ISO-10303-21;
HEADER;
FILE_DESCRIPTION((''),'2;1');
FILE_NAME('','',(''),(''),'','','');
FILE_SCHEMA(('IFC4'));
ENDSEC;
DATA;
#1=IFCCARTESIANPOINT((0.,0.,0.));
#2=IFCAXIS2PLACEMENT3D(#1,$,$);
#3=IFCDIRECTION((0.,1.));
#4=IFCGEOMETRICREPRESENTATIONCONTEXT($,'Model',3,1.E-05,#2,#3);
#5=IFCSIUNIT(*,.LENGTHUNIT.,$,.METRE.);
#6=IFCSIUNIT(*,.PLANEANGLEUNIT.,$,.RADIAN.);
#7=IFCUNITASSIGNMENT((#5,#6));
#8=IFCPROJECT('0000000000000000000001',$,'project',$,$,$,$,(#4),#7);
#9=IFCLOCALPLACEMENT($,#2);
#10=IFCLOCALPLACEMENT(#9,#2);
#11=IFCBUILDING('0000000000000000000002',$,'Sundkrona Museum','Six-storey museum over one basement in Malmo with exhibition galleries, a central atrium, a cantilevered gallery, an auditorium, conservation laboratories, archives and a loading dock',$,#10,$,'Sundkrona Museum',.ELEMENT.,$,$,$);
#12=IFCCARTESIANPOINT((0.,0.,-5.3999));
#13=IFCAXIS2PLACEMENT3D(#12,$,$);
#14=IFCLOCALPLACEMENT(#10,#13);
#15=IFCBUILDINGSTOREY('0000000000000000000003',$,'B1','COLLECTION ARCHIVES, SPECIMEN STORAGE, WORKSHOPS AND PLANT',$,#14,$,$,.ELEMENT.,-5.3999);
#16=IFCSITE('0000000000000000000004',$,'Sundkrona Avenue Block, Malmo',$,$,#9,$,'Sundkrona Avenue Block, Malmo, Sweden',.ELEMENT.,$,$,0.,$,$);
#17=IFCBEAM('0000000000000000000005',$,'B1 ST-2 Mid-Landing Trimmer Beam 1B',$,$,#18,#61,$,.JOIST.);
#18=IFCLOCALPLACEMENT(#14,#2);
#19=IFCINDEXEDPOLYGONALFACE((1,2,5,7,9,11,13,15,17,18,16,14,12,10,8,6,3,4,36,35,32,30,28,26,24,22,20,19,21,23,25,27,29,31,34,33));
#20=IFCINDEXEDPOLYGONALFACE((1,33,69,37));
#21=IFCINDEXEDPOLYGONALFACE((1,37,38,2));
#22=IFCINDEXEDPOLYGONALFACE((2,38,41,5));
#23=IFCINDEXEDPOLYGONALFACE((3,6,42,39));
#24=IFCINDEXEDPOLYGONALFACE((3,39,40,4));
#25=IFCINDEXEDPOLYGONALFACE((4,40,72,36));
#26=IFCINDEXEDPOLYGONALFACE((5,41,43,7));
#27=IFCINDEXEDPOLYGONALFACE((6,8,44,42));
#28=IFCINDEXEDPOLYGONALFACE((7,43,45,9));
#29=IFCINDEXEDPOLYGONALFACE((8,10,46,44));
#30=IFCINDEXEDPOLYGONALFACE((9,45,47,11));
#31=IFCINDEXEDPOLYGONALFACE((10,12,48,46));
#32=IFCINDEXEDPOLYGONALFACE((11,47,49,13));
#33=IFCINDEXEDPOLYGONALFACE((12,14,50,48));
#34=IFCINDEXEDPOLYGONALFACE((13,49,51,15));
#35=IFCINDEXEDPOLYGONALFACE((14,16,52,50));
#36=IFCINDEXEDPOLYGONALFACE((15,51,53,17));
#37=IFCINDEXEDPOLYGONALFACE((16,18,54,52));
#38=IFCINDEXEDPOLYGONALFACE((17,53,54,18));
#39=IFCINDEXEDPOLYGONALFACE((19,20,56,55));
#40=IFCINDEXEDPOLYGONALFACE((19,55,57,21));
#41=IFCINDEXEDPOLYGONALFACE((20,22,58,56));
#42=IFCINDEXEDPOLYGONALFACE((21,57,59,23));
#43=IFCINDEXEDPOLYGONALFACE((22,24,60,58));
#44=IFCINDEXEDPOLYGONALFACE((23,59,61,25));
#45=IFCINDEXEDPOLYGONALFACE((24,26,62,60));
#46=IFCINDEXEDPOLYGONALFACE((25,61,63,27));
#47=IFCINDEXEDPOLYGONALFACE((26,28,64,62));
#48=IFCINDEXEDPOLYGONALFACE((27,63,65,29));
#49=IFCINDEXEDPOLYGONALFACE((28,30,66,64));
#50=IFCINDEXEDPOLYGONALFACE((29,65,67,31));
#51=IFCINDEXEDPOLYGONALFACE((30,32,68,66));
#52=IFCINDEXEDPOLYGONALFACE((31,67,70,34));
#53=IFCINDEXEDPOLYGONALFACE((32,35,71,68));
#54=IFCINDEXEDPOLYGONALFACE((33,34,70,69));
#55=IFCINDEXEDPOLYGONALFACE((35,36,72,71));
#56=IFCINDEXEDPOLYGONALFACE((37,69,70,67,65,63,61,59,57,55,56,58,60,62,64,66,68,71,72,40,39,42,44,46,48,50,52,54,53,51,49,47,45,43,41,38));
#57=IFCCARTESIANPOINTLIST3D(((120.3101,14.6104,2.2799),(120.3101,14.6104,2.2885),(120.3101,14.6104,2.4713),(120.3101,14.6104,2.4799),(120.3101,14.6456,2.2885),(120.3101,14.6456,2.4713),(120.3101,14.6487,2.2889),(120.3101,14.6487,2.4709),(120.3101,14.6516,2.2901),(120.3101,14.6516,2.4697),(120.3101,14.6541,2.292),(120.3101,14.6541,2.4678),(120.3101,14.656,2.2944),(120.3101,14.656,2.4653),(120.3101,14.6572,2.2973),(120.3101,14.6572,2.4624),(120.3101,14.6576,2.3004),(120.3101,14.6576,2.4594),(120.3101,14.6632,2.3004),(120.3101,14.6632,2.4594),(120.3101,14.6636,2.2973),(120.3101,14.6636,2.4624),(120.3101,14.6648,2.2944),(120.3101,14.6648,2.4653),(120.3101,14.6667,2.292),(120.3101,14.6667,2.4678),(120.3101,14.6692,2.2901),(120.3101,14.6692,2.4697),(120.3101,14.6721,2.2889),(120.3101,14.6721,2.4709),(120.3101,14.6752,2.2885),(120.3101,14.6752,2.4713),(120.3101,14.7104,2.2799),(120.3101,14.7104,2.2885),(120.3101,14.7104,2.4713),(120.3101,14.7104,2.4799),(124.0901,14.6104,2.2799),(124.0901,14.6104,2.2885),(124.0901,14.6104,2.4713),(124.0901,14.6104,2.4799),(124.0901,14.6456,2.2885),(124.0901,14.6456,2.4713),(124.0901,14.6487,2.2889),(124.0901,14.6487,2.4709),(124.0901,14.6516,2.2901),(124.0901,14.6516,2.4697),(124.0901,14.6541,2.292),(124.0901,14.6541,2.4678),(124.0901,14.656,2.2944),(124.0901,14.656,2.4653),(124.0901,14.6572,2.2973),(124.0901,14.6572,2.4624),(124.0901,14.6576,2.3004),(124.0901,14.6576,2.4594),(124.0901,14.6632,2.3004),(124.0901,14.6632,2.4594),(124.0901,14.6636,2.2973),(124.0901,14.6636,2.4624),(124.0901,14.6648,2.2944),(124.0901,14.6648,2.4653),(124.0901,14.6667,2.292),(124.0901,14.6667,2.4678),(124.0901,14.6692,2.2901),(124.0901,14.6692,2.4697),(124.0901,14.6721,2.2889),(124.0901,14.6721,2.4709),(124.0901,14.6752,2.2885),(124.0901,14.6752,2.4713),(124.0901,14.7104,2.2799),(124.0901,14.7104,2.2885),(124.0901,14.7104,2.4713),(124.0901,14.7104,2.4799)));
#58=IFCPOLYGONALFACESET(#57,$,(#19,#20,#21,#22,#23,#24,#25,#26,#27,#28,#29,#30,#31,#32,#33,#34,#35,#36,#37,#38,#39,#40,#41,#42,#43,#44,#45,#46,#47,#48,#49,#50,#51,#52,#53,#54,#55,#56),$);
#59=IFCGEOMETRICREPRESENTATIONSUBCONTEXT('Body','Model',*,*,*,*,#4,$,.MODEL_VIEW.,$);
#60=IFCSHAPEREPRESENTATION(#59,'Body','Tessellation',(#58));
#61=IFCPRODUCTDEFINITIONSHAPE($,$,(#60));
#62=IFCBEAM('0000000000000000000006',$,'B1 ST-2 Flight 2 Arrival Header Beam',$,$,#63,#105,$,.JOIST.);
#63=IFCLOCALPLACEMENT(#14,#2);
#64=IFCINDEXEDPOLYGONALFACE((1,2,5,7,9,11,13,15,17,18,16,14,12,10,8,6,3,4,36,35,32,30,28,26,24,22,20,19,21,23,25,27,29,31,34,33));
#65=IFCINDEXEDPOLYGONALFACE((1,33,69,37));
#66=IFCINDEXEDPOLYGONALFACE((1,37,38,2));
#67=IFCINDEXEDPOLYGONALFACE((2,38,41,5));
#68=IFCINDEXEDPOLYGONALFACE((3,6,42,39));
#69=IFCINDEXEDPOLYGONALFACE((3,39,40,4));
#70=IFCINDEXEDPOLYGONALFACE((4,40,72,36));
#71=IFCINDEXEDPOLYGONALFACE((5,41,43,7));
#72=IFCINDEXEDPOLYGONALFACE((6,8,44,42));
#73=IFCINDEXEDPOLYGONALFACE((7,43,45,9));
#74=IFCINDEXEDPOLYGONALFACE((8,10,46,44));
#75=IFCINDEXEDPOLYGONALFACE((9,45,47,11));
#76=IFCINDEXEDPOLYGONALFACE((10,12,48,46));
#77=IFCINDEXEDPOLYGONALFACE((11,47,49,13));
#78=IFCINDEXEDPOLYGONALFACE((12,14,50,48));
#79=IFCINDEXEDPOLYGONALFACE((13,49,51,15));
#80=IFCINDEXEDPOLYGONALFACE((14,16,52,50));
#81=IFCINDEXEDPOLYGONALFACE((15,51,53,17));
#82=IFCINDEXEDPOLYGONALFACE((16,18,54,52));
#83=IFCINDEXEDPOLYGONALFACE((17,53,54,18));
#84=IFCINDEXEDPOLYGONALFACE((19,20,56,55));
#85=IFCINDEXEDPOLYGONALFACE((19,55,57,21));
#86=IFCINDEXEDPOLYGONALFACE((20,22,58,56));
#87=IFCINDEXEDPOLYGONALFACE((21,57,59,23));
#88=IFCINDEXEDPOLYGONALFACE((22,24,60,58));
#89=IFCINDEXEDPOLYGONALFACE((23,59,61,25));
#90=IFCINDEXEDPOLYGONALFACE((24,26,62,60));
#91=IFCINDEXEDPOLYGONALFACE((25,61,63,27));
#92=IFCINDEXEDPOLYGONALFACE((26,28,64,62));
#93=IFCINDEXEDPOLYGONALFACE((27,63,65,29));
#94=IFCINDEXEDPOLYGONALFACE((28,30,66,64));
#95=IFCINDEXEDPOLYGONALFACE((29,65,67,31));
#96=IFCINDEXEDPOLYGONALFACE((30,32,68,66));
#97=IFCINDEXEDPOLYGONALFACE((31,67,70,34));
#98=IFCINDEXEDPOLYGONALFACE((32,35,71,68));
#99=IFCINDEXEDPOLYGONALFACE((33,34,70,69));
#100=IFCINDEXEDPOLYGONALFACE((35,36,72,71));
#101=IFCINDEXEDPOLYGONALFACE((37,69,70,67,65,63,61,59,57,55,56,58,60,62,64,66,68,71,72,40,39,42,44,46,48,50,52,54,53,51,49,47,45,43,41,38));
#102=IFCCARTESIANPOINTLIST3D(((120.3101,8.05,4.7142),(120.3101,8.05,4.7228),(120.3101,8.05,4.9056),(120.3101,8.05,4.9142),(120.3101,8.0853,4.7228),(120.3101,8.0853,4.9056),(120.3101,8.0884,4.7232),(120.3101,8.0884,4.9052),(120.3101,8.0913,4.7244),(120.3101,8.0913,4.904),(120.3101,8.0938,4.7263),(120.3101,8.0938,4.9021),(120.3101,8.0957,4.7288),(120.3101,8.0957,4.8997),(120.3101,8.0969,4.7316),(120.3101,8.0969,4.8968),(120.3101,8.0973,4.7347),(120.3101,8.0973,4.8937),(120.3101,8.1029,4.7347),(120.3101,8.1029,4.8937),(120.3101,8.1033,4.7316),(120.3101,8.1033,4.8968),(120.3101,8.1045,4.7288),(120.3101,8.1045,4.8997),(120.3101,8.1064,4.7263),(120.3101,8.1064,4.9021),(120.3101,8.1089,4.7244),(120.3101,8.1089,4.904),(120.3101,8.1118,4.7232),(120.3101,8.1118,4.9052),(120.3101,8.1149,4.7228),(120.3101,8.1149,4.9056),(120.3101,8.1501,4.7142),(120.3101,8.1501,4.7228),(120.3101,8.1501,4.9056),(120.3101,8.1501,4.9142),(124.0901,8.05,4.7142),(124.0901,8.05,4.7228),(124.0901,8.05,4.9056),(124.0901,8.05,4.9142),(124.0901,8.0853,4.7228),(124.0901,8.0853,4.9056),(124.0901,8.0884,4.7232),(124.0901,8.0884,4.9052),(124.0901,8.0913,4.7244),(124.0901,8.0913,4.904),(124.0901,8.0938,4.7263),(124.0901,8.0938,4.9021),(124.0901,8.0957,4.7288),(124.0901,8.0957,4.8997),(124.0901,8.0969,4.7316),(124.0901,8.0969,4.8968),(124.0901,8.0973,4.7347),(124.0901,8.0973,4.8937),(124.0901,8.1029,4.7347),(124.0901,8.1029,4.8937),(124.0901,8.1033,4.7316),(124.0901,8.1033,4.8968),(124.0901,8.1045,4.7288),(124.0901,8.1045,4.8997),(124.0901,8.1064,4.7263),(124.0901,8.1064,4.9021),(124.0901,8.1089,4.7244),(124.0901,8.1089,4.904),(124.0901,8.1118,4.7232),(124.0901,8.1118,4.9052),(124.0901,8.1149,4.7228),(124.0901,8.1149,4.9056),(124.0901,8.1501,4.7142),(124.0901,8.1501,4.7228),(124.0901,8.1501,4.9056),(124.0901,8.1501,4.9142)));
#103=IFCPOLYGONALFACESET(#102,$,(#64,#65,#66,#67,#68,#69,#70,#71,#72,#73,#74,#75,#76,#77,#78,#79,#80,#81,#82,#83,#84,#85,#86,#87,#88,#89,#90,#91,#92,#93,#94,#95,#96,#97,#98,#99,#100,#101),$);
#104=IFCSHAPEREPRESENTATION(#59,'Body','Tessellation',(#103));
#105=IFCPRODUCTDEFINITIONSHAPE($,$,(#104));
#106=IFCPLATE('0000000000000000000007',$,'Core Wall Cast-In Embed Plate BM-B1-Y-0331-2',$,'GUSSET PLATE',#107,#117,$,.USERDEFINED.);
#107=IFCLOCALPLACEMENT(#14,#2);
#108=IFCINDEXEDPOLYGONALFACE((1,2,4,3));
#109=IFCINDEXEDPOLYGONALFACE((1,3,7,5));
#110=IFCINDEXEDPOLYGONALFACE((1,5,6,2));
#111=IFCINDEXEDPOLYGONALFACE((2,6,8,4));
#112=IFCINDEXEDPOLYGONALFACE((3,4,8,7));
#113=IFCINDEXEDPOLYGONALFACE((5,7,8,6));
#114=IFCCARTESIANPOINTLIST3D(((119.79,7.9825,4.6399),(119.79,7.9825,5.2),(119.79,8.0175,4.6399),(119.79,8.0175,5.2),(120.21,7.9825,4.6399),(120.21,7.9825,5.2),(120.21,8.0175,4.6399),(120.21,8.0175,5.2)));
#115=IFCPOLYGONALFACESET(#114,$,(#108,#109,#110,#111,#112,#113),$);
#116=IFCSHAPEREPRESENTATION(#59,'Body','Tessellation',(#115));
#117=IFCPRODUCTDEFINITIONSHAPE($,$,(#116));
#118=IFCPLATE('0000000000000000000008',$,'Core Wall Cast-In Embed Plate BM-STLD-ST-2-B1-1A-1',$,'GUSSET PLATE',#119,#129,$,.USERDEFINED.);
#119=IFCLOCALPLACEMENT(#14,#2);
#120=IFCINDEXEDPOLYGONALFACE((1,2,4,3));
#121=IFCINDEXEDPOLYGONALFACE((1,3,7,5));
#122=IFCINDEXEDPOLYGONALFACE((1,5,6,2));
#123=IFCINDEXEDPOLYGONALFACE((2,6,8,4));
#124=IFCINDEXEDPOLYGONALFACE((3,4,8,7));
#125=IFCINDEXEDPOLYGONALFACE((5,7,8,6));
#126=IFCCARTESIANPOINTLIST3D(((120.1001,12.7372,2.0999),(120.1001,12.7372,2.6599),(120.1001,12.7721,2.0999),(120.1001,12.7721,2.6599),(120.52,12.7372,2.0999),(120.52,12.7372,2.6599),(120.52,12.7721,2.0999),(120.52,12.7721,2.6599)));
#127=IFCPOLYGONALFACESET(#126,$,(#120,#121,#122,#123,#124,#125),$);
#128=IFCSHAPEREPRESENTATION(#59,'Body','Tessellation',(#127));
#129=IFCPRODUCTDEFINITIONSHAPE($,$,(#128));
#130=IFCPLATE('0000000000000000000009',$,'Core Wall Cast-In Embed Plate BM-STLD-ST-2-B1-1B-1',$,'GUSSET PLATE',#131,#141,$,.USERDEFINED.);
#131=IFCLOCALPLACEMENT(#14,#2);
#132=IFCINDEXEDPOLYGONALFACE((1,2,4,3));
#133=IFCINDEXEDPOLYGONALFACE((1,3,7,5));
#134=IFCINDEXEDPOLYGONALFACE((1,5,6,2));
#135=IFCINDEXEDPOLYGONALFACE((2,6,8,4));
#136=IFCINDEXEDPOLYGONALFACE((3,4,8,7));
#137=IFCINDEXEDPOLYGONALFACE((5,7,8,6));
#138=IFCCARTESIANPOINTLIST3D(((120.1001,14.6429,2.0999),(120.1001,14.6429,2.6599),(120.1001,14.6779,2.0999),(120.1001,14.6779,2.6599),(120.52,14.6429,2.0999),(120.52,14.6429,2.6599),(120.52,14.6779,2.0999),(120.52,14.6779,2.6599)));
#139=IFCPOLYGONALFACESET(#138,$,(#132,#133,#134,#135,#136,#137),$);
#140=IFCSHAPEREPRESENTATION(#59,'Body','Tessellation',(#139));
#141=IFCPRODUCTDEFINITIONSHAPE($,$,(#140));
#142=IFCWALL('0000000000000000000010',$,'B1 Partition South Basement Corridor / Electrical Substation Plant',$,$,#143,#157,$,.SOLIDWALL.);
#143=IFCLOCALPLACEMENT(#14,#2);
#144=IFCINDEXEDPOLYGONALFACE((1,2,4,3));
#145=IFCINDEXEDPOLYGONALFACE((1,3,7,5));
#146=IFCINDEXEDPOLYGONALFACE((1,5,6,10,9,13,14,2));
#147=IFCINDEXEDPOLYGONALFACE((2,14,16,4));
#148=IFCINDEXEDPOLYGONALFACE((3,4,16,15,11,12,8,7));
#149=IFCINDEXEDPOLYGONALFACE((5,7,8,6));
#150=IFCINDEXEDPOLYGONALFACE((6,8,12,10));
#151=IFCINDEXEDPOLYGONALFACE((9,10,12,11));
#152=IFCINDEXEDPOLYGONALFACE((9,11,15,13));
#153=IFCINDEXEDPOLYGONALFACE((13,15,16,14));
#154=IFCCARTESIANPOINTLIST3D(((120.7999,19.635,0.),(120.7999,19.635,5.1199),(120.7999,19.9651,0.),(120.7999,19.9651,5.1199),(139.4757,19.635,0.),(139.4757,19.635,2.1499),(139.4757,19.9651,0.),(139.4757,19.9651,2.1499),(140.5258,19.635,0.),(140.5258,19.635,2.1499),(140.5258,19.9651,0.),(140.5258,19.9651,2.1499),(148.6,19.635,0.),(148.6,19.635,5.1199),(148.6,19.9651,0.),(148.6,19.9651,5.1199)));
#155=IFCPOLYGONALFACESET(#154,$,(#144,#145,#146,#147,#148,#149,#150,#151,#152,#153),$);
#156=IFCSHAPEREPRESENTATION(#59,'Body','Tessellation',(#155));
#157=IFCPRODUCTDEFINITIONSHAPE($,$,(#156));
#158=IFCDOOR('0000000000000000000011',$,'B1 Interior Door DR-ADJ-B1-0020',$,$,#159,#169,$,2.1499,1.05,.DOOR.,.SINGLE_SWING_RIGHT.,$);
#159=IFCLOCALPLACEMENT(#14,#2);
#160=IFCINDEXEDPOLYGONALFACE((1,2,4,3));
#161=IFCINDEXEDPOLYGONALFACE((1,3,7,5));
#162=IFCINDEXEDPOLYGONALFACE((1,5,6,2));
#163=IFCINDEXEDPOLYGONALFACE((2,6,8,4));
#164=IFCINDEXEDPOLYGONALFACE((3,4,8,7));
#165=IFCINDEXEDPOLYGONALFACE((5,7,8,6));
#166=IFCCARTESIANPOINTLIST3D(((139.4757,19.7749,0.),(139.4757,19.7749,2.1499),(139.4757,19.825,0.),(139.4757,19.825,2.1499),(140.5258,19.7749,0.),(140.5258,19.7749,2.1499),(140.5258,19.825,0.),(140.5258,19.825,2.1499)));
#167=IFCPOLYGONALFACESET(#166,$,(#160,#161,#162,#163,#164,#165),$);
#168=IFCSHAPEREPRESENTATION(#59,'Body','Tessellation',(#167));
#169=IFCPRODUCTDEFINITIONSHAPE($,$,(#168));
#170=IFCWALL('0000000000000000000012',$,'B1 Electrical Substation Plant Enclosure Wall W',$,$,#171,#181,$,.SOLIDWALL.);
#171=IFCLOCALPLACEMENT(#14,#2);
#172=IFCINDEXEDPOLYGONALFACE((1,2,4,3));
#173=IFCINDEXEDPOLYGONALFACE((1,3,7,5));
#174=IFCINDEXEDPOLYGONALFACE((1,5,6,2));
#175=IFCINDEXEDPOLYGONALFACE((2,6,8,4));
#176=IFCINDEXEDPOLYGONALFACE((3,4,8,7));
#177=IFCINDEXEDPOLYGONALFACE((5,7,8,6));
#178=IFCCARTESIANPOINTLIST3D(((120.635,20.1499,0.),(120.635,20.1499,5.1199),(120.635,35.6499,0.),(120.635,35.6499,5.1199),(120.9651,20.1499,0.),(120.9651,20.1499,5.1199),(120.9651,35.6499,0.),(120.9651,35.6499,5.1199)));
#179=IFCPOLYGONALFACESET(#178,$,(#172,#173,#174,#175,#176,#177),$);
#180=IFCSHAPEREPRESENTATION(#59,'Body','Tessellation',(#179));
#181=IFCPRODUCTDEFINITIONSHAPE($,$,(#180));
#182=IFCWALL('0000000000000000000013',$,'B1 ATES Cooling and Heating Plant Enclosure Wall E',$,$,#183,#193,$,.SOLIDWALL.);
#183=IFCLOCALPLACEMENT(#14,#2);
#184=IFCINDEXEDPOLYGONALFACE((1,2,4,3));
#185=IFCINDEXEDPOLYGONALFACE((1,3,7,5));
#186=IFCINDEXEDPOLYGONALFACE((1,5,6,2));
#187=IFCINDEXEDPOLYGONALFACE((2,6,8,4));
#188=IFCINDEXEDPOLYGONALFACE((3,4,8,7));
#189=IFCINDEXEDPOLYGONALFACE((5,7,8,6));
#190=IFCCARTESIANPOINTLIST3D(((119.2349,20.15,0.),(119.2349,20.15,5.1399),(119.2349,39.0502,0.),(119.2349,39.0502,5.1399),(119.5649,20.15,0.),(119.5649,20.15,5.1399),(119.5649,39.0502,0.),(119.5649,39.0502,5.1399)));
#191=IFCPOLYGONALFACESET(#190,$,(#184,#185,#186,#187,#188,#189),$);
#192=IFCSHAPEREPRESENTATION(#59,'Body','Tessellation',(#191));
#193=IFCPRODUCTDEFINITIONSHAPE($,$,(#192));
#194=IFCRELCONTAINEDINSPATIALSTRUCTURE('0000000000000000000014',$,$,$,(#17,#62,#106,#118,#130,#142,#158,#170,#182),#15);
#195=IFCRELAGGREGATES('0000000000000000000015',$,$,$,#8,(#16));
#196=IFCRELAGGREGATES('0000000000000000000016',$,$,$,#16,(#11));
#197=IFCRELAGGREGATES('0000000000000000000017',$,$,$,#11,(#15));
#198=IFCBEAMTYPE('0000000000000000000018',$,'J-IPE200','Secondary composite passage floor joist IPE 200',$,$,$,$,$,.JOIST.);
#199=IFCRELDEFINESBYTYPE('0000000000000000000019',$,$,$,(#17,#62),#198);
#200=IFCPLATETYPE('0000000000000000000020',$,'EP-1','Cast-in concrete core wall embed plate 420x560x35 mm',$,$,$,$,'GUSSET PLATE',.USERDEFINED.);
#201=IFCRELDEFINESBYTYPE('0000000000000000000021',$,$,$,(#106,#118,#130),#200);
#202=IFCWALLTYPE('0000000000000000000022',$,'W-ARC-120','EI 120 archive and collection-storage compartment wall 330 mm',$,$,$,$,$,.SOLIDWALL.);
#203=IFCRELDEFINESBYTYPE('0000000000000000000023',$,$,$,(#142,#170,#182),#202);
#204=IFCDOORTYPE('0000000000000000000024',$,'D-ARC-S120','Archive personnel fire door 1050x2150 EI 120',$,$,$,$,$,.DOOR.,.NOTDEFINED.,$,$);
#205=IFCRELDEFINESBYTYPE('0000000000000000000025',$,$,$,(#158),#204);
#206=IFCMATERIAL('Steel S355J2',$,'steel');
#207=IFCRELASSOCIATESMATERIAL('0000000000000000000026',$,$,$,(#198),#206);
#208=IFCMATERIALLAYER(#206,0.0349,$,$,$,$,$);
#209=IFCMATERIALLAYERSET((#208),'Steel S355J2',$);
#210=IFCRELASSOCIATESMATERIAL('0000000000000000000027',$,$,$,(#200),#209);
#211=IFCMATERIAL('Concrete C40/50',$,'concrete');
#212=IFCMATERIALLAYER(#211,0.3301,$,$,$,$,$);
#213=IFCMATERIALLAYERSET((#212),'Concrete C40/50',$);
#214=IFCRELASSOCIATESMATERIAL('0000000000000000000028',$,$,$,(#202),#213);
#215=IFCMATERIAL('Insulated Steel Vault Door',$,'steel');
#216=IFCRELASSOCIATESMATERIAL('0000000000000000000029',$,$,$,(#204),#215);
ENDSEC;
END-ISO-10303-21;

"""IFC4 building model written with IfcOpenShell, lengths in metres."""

from ifc_helpers import new_model, si_unit, direction, frame, frame_2d, origin, origin_2d, place, context, subcontext, project, spatial, rectangle, i_section, extrude, material, layer, layer_set, material_profile, profile_set, type_object, element, fill, save


model = new_model("IFC4")

# Units and contexts
model_context = context("Model", 3, precision=1e-05, world=origin(), true_north=direction((0.0, 1.0)))
body_context = subcontext(model_context, "Body", "Model", "MODEL_VIEW")
ifc_project = project(units=[si_unit("LENGTHUNIT", "METRE"), si_unit("PLANEANGLEUNIT", "RADIAN")], contexts=[model_context])

# Site, building, storey
site_placement = place(None, origin())
site = spatial("IfcSite", under=ifc_project, at=site_placement, Name="Sundkrona Avenue Block, Malmo", LongName="Sundkrona Avenue Block, Malmo, Sweden", CompositionType="ELEMENT", RefElevation=0.0)
building_placement = place(site_placement, origin())
building = spatial("IfcBuilding", under=site, at=building_placement, Name="Sundkrona Museum", Description="Six-storey museum over one basement in Malmo with exhibition galleries, a central atrium, a cantilevered gallery, an auditorium, conservation laboratories, archives and a loading dock", LongName="Sundkrona Museum", CompositionType="ELEMENT")
storey_placement = place(building_placement, frame((0.0, 0.0, -5.3999)))
storey = spatial("IfcBuildingStorey", under=building, at=storey_placement, Name="B1", Description="COLLECTION ARCHIVES, SPECIMEN STORAGE, WORKSHOPS AND PLANT", CompositionType="ELEMENT", Elevation=-5.3999)

# Shared definitions
ifc_material_1 = material(Name="Concrete C40/50", Category="concrete")

# Shared definitions
ifc_material_2 = material(Name="Steel S355J2", Category="steel")

# Beams
ifc_material_profile_1 = material_profile(ifc_material_2, i_section(OverallWidth=0.1001, OverallDepth=0.2, WebThickness=0.0056, FlangeThickness=0.0085, FilletRadius=0.012, at=origin_2d()), Name="IPE 200")
ifc_profile_set_1 = profile_set([ifc_material_profile_1], Name="Steel S355J2")
beam_type_1 = type_object("IfcBeamType", Name="J-IPE200", Description="Secondary composite passage floor joist IPE 200", PredefinedType="JOIST", material=ifc_profile_set_1)
for number, where, z_axis, x_axis, name in (
    (1, (120.3101, 14.6604, 2.3799), (1.0, 0.0, 0.0), (0.0, 1.0, 0.0), "B1 ST-2 Mid-Landing Trimmer Beam 1B"),
    (2, (120.3101, 8.1001, 4.8142), (1.0, 0.0, 0.0), (0.0, 1.0, 0.0), "B1 ST-2 Flight 2 Arrival Header Beam"),
):
    element("IfcBeam", number, at=place(storey_placement, frame(where, z_axis=z_axis, x_axis=x_axis)), inside=storey, type_object=beam_type_1, Name=name, PredefinedType="JOIST", context=body_context, shape_type="SweptSolid", body=[
        extrude(i_section(OverallWidth=0.1001, OverallDepth=0.2, WebThickness=0.0056, FlangeThickness=0.0085, FilletRadius=0.012, at=origin_2d()), origin(), (0.0, 0.0, 1.0), 3.78),
    ])

# Plates
ifc_layer_1 = layer(ifc_material_2, 0.0349)
ifc_layer_set_1 = layer_set([ifc_layer_1], Name="Steel S355J2")
plate_type = type_object("IfcPlateType", Name="EP-1", Description="Cast-in concrete core wall embed plate 420x560x35 mm", ElementType="GUSSET PLATE", PredefinedType="USERDEFINED", material=ifc_layer_set_1)
for number, where, z_axis, x_axis, name in (
    (3, (120.0, 8.0, 4.6399), (0.0, 0.0, 1.0), (1.0, 0.0, 0.0), "Core Wall Cast-In Embed Plate BM-B1-Y-0331-2"),
    (4, (120.3101, 12.7546, 2.0999), (0.0, 0.0, 1.0), (1.0, 0.0, 0.0), "Core Wall Cast-In Embed Plate BM-STLD-ST-2-B1-1A-1"),
    (5, (120.3101, 14.6604, 2.0999), (0.0, 0.0, 1.0), (1.0, 0.0, 0.0), "Core Wall Cast-In Embed Plate BM-STLD-ST-2-B1-1B-1"),
):
    element("IfcPlate", number, at=place(storey_placement, frame(where, z_axis=z_axis, x_axis=x_axis)), inside=storey, type_object=plate_type, Name=name, ObjectType="GUSSET PLATE", PredefinedType="USERDEFINED", context=body_context, shape_type="SweptSolid", body=[
        extrude(rectangle(XDim=0.4199, YDim=0.0349, at=origin_2d()), origin(), (0.0, 0.0, 1.0), 0.5601),
    ])

# Wall, opening, door
ifc_layer_2 = layer(ifc_material_1, 0.3301)
ifc_layer_set_2 = layer_set([ifc_layer_2], Name="Concrete C40/50")
wall_type_1 = type_object("IfcWallType", Name="W-ARC-120", Description="EI 120 archive and collection-storage compartment wall 330 mm", PredefinedType="SOLIDWALL", material=ifc_layer_set_2)
wall_1_placement = place(storey_placement, frame((120.8, 19.8, 0.0), z_axis=(0.0, 0.0, 1.0), x_axis=(1.0, 0.0, 0.0)))
wall_1 = element("IfcWall", 6, at=wall_1_placement, inside=storey, type_object=wall_type_1, Name="B1 Partition South Basement Corridor / Electrical Substation Plant", PredefinedType="SOLIDWALL", context=body_context, shape_type="SweptSolid", body=[
    extrude(rectangle(XDim=27.8, YDim=0.3301, at=frame_2d((13.8999, 0.0))), origin(), (0.0, 0.0, 1.0), 5.1199),
])
opening_placement = place(wall_1_placement, frame((18.6758, 0.0, 0.0)))
opening = element("IfcOpeningElement", 7, at=opening_placement, cuts=wall_1, PredefinedType="OPENING", context=body_context, shape_type="SweptSolid", body=[
    extrude(rectangle(XDim=1.05, YDim=2.1499, at=frame_2d((0.5249, 1.075))), frame((0.0, 0.175, 0.0), z_axis=(0.0, -1.0, 0.0), x_axis=(1.0, 0.0, 0.0)), (0.0, 0.0, 1.0), 0.3501),
])
ifc_material_3 = material(Name="Insulated Steel Vault Door", Category="steel")
door_type = type_object("IfcDoorType", Name="D-ARC-S120", Description="Archive personnel fire door 1050x2150 EI 120", OperationType="NOTDEFINED", PredefinedType="DOOR", material=ifc_material_3)
door_placement = place(opening_placement, origin())
door = element("IfcDoor", 8, at=door_placement, inside=storey, type_object=door_type, Name="B1 Interior Door DR-ADJ-B1-0020", OperationType="SINGLE_SWING_RIGHT", OverallHeight=2.1499, OverallWidth=1.05, PredefinedType="DOOR", context=body_context, shape_type="SweptSolid", body=[
    extrude(rectangle(XDim=1.05, YDim=2.1499, at=frame_2d((0.5249, 1.075))), frame((0.0, 0.0249, 0.0), z_axis=(0.0, -1.0, 0.0), x_axis=(1.0, 0.0, 0.0)), (0.0, 0.0, 1.0), 0.05),
])
fill(opening, door)

# Walls
wall_2_placement = place(storey_placement, frame((120.8, 20.1499, 0.0), z_axis=(0.0, 0.0, 1.0), x_axis=(0.0, 1.0, 0.0)))
element("IfcWall", 9, at=wall_2_placement, inside=storey, type_object=wall_type_1, Name="B1 Electrical Substation Plant Enclosure Wall W", PredefinedType="SOLIDWALL", context=body_context, shape_type="SweptSolid", body=[
    extrude(rectangle(XDim=15.5, YDim=0.3301, at=frame_2d((7.75, 0.0))), origin(), (0.0, 0.0, 1.0), 5.1199),
])
wall_3_placement = place(storey_placement, frame((119.3999, 20.1499, 0.0), z_axis=(0.0, 0.0, 1.0), x_axis=(0.0, 1.0, 0.0)))
element("IfcWall", 10, at=wall_3_placement, inside=storey, type_object=wall_type_1, Name="B1 ATES Cooling and Heating Plant Enclosure Wall E", PredefinedType="SOLIDWALL", context=body_context, shape_type="SweptSolid", body=[
    extrude(rectangle(XDim=18.9001, YDim=0.3301, at=frame_2d((9.4502, 0.0))), origin(), (0.0, 0.0, 1.0), 5.1399),
])

save(model, "model.ifc")
